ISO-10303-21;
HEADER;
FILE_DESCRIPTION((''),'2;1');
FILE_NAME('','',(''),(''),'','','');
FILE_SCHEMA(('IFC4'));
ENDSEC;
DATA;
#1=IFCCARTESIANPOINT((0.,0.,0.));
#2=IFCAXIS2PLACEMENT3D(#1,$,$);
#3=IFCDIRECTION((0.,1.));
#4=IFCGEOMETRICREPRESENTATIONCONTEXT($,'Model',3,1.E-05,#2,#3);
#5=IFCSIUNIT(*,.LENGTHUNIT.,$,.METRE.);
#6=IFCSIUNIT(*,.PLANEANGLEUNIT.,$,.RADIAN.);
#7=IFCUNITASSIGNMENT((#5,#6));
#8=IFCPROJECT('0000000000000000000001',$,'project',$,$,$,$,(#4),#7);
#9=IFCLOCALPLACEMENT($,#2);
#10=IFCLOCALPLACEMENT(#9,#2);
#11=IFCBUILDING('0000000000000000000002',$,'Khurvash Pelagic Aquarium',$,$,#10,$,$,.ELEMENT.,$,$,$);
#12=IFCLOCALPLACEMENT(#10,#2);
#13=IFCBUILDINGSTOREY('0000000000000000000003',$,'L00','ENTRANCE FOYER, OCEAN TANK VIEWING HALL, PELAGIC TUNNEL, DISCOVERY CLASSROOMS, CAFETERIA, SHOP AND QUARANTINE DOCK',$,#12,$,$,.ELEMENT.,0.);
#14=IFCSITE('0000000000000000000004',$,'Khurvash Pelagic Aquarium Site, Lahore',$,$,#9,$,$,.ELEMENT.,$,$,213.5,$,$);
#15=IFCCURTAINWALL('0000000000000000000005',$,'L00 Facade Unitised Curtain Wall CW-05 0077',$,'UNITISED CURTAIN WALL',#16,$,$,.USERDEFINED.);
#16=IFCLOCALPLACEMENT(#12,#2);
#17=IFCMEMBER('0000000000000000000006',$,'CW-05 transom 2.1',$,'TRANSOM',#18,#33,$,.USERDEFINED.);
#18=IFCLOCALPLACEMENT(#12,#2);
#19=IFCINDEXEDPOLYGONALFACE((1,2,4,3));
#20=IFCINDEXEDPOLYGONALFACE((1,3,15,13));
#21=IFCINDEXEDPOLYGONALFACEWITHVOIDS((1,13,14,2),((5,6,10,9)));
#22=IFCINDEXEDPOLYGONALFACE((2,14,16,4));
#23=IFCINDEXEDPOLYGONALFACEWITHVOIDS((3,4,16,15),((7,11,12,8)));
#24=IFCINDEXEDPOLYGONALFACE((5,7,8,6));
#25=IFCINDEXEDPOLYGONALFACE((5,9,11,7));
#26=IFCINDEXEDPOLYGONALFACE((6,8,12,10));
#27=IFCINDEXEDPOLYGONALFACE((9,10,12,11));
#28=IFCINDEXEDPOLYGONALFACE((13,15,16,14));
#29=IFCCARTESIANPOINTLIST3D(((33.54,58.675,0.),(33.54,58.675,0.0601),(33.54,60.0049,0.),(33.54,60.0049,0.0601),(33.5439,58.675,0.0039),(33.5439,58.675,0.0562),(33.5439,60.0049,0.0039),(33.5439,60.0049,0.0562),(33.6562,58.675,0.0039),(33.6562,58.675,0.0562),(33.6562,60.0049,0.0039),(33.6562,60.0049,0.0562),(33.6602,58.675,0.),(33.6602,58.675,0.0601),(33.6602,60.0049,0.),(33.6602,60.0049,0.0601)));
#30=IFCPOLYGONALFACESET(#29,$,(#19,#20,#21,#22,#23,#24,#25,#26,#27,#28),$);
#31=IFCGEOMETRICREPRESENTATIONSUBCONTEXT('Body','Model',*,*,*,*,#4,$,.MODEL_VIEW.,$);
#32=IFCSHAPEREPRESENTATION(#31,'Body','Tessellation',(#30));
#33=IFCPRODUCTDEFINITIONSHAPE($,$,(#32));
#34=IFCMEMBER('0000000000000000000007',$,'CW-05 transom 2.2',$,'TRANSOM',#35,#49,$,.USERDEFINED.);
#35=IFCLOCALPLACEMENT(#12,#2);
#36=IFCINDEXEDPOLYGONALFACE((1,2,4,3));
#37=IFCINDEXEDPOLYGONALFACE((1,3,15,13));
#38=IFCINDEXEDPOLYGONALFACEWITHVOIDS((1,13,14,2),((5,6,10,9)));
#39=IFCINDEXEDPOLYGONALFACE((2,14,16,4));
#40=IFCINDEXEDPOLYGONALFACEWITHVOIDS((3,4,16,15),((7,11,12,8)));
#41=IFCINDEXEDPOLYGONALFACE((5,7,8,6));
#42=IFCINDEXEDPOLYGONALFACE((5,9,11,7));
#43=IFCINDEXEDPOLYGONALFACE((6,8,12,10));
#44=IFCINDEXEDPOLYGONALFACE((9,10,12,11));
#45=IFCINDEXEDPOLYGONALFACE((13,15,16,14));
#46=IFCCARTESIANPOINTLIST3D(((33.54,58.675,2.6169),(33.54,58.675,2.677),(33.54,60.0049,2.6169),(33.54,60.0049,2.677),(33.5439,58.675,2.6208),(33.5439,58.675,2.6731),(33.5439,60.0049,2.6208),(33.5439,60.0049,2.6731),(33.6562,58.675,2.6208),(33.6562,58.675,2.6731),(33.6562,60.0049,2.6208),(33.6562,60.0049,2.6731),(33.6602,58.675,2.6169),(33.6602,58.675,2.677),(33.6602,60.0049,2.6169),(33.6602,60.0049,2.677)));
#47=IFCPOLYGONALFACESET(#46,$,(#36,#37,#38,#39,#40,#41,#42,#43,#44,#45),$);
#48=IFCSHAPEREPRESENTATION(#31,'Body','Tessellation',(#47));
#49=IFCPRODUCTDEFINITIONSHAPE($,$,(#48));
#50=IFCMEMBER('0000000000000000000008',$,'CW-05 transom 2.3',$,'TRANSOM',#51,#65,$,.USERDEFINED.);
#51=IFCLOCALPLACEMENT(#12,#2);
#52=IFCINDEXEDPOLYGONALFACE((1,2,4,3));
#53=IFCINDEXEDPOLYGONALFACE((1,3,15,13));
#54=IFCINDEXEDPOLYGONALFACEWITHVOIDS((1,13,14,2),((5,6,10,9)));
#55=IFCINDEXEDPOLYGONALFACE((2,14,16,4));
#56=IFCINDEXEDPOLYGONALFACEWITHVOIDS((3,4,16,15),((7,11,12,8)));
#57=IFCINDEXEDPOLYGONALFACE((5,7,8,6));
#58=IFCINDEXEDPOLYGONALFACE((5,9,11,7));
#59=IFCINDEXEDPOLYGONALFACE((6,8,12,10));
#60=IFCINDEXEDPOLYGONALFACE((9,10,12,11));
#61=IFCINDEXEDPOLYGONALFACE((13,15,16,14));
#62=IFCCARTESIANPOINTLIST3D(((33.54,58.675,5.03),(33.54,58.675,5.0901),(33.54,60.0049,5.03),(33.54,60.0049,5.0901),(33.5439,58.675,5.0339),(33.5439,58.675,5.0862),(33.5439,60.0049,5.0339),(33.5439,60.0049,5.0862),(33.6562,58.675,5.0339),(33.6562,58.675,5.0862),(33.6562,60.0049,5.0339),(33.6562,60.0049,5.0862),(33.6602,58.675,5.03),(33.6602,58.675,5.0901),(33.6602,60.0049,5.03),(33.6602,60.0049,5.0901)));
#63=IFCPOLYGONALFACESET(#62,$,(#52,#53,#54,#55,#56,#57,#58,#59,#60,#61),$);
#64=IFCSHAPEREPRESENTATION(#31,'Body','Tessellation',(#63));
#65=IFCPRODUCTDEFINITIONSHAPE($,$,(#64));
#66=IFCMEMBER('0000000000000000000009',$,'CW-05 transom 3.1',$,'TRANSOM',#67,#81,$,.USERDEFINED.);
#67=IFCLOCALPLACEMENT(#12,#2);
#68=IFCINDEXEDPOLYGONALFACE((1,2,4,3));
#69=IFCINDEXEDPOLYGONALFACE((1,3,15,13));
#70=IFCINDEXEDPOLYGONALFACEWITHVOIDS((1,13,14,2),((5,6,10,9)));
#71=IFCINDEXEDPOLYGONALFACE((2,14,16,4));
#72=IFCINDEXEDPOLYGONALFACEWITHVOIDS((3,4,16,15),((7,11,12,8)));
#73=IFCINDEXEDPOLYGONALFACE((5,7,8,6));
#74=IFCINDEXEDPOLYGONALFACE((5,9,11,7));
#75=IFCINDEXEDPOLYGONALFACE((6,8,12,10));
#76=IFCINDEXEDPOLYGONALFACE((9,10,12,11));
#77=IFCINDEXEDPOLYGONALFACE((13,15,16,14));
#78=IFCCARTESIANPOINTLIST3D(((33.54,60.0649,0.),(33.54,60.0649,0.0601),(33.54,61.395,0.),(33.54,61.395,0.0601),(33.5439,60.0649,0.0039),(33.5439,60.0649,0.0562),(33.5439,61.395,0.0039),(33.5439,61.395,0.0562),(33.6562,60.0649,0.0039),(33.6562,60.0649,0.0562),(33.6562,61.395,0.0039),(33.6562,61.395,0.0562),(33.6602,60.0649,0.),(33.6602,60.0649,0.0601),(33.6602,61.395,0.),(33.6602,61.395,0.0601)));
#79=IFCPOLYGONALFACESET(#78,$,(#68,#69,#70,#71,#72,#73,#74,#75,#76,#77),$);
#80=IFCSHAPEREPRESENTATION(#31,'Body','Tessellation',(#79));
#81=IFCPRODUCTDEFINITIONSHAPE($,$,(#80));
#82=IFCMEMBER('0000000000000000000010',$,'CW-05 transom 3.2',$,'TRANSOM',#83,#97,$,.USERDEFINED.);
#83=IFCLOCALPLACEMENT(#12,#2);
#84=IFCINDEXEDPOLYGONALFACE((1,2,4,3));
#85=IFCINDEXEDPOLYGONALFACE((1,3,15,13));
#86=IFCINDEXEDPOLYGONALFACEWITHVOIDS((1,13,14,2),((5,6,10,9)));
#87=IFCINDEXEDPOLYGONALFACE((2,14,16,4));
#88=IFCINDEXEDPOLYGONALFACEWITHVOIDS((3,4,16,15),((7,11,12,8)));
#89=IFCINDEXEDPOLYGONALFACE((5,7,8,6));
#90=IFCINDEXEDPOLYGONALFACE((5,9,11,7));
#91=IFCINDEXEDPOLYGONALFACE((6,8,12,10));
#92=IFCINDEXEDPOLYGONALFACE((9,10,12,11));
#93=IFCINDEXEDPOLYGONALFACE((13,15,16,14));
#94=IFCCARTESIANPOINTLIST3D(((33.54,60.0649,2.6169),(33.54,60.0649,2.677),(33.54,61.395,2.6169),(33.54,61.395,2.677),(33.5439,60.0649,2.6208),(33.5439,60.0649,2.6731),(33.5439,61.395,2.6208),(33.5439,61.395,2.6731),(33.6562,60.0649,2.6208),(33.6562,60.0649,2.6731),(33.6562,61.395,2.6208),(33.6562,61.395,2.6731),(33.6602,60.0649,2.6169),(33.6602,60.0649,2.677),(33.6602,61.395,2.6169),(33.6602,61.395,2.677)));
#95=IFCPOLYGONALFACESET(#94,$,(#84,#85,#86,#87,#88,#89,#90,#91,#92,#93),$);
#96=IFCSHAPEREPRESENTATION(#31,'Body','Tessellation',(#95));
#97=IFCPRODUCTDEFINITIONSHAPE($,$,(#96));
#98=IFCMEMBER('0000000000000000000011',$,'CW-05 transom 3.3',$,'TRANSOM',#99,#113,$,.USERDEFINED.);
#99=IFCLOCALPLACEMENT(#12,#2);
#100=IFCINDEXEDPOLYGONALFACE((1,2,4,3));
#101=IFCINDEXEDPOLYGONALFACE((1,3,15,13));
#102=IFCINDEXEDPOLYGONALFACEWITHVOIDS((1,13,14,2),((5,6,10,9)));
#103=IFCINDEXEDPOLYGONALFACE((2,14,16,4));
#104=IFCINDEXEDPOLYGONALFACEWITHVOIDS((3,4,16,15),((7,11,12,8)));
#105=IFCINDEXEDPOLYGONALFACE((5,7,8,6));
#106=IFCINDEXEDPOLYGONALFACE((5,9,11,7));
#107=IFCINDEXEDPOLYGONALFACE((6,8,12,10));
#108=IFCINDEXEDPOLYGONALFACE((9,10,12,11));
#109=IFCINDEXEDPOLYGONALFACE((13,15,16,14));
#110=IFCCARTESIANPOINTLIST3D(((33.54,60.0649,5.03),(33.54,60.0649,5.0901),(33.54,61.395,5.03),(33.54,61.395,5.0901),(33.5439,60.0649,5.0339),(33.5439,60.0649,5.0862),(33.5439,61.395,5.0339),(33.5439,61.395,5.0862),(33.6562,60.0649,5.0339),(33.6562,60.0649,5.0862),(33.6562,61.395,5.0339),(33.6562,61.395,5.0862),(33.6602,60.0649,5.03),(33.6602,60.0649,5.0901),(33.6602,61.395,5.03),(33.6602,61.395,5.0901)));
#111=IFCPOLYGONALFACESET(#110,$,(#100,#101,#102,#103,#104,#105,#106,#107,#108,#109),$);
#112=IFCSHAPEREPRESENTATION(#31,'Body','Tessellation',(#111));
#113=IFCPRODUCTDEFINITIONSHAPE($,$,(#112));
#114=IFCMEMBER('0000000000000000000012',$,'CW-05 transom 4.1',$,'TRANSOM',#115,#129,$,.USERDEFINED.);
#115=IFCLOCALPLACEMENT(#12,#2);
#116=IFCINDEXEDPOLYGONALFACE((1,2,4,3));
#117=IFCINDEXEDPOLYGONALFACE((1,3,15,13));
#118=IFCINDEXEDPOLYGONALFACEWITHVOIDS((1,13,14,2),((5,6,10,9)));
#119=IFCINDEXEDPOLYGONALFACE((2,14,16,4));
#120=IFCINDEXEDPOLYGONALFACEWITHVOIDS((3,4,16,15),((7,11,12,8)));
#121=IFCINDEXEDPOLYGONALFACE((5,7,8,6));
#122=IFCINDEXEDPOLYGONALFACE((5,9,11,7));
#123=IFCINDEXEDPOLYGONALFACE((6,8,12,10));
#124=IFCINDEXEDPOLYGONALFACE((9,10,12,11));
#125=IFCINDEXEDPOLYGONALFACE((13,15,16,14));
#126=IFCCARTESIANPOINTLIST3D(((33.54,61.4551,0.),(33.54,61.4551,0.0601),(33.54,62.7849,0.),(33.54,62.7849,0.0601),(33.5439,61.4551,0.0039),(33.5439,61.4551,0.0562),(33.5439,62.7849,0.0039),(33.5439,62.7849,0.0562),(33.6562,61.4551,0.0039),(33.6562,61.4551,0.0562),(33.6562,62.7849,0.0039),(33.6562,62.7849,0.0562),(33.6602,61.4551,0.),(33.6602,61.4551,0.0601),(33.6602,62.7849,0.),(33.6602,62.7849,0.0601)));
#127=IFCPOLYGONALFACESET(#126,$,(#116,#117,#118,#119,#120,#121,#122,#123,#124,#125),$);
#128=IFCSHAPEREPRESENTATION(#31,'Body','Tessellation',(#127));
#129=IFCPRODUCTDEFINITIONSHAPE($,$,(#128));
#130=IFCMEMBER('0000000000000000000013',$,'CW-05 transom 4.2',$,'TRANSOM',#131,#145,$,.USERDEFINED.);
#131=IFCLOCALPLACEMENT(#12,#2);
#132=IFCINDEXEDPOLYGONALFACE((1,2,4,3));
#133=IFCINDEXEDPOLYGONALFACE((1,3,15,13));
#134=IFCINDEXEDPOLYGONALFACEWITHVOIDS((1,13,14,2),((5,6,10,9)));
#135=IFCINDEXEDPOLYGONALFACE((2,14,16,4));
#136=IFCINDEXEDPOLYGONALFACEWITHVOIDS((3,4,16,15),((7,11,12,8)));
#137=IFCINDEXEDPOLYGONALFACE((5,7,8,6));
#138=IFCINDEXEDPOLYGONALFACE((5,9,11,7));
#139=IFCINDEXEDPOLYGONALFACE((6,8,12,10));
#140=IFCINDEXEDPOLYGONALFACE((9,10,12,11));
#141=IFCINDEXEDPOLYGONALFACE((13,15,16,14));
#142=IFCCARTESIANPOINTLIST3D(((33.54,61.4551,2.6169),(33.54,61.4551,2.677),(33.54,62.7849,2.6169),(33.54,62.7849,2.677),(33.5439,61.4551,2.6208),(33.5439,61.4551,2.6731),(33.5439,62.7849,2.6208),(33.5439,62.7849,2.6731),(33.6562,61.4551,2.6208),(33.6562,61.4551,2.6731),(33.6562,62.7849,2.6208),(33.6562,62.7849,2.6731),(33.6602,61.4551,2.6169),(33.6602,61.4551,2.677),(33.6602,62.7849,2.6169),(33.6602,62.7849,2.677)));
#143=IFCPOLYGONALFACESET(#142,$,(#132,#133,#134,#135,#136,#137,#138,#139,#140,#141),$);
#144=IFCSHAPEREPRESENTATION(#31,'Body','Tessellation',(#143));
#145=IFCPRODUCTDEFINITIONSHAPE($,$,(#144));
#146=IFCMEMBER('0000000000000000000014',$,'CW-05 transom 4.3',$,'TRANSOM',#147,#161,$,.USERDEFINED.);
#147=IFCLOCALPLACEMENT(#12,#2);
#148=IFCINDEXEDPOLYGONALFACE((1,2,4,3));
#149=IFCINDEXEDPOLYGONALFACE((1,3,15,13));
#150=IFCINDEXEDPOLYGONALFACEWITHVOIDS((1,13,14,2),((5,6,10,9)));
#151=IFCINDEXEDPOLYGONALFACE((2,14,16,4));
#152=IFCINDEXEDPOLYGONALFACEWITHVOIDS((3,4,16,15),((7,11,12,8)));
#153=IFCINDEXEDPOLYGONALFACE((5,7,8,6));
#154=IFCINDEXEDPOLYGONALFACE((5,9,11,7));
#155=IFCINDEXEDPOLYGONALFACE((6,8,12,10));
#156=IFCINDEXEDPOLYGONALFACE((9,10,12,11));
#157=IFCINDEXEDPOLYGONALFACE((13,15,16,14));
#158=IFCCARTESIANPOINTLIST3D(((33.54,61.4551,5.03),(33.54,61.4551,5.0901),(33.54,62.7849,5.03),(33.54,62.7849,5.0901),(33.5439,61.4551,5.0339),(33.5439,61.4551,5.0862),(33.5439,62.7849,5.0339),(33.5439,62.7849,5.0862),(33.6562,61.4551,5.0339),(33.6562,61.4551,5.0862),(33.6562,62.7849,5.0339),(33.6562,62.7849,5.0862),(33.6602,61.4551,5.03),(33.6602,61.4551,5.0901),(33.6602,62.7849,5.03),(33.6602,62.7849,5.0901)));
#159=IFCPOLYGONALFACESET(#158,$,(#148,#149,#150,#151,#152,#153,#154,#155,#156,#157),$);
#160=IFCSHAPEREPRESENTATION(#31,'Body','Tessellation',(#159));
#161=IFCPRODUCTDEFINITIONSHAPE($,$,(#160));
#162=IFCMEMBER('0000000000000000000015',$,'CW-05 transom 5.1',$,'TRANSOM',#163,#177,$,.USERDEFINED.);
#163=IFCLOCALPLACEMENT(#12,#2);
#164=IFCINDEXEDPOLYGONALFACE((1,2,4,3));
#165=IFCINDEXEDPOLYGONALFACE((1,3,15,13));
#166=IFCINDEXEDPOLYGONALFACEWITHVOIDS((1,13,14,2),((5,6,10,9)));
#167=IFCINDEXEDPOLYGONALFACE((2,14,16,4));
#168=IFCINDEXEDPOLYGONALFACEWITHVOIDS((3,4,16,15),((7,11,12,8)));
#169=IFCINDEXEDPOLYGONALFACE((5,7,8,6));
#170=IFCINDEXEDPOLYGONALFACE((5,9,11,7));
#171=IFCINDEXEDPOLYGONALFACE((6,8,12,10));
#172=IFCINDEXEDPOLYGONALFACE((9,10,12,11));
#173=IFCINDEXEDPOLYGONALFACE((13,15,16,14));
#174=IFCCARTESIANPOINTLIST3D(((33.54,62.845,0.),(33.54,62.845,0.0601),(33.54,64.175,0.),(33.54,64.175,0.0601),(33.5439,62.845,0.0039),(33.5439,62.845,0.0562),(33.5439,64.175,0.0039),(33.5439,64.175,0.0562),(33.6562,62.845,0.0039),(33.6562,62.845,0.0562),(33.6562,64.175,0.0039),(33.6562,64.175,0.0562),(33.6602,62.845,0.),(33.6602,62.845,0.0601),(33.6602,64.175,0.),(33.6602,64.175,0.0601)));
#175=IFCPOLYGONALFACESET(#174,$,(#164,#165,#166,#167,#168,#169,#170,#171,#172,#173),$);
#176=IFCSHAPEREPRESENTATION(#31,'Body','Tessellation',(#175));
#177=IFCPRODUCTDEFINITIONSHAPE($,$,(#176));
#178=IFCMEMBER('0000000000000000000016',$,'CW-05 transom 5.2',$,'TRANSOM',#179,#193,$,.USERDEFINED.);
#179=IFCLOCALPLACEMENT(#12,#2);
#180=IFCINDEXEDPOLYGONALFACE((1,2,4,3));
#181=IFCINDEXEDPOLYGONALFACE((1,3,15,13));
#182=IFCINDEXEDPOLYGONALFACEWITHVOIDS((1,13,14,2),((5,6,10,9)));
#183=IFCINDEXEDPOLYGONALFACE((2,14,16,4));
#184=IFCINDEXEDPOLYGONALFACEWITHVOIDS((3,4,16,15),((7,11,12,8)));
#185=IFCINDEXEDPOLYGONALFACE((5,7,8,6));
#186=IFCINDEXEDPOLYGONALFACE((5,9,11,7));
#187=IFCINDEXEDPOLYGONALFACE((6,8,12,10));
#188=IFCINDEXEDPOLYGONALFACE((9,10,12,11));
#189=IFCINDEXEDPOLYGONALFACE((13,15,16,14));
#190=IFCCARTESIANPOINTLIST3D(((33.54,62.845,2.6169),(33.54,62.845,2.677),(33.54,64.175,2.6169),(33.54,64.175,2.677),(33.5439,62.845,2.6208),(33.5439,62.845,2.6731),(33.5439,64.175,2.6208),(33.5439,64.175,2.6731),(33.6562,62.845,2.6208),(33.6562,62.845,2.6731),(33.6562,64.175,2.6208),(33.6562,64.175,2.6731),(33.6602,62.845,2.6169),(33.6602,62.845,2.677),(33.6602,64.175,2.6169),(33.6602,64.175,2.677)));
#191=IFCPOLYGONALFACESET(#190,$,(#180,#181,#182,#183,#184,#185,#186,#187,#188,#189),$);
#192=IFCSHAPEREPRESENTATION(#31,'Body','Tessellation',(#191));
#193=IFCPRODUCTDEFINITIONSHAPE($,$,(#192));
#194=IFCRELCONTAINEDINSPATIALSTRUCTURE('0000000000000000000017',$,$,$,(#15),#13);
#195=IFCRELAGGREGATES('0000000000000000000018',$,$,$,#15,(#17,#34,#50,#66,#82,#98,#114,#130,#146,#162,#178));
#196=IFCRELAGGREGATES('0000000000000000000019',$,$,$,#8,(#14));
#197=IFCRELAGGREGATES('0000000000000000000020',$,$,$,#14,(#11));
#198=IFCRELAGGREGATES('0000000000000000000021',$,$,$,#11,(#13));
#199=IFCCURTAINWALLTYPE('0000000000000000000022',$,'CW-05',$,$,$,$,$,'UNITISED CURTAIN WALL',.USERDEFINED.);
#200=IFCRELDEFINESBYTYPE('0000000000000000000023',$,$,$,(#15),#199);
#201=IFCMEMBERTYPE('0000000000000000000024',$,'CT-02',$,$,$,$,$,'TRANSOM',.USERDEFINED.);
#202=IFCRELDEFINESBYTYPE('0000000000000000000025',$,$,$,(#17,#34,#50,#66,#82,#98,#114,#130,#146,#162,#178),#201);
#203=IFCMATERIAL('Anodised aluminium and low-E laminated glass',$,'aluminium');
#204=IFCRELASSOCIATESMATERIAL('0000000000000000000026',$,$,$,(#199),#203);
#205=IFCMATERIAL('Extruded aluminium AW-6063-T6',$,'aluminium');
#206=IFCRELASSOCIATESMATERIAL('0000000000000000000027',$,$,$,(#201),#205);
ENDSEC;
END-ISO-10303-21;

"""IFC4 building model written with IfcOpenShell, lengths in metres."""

from ifc_helpers import new_model, si_unit, direction, frame, origin, origin_2d, place, context, subcontext, project, spatial, hollow_rectangle, extrude, material, material_profile, profile_set, type_object, element, aggregate, save


model = new_model("IFC4")

# Units and contexts
model_context = context("Model", 3, precision=1e-05, world=origin(), true_north=direction((0.0, 1.0)))
body_context = subcontext(model_context, "Body", "Model", "MODEL_VIEW")
ifc_project = project(units=[si_unit("LENGTHUNIT", "METRE"), si_unit("PLANEANGLEUNIT", "RADIAN")], contexts=[model_context])

# Site, building, storey
site_placement = place(None, origin())
site = spatial("IfcSite", under=ifc_project, at=site_placement, Name="Khurvash Pelagic Aquarium Site, Lahore", CompositionType="ELEMENT", RefElevation=213.5)
building_placement = place(site_placement, origin())
building = spatial("IfcBuilding", under=site, at=building_placement, Name="Khurvash Pelagic Aquarium", CompositionType="ELEMENT")
storey_placement = place(building_placement, origin())
storey = spatial("IfcBuildingStorey", under=building, at=storey_placement, Name="L00", Description="ENTRANCE FOYER, OCEAN TANK VIEWING HALL, PELAGIC TUNNEL, DISCOVERY CLASSROOMS, CAFETERIA, SHOP AND QUARANTINE DOCK", CompositionType="ELEMENT", Elevation=0.0)

# Shared definitions
ifc_material_1 = material(Name="Anodised aluminium and low-E laminated glass", Category="aluminium")
curtain_wall_type = type_object("IfcCurtainWallType", Name="CW-05", ElementType="UNITISED CURTAIN WALL", PredefinedType="USERDEFINED", material=ifc_material_1)
ifc_material_2 = material(Name="Extruded aluminium AW-6063-T6", Category="aluminium")

# Curtain wall, members
curtain_wall_1_placement = place(storey_placement, origin())
curtain_wall_1 = element("IfcCurtainWall", 1, at=curtain_wall_1_placement, inside=storey, type_object=curtain_wall_type, Name="L00 Facade Unitised Curtain Wall CW-05 0077", ObjectType="UNITISED CURTAIN WALL", PredefinedType="USERDEFINED")
ifc_material_profile_1 = material_profile(ifc_material_2, hollow_rectangle(XDim=0.1201, YDim=0.0601, WallThickness=0.0039, at=origin_2d()), Name="CWT120X60X4")
ifc_profile_set_1 = profile_set([ifc_material_profile_1], Name="Extruded aluminium AW-6063-T6")
member_type_1 = type_object("IfcMemberType", Name="CT-02", ElementType="TRANSOM", PredefinedType="USERDEFINED", material=ifc_profile_set_1)
member_1_placement = place(storey_placement, frame((33.6001, 58.675, 0.03), z_axis=(0.0, 1.0, 0.0), x_axis=(-1.0, 0.0, 0.0)))
member_1 = element("IfcMember", 2, at=member_1_placement, type_object=member_type_1, Name="CW-05 transom 2.1", ObjectType="TRANSOM", PredefinedType="USERDEFINED", context=body_context, shape_type="SweptSolid", body=[
    extrude(hollow_rectangle(XDim=0.1201, YDim=0.0601, WallThickness=0.0039, at=origin_2d()), origin(), (0.0, 0.0, 1.0), 1.3298),
])
member_2_placement = place(storey_placement, frame((33.6001, 58.675, 2.647), z_axis=(0.0, 1.0, 0.0), x_axis=(-1.0, 0.0, 0.0)))
member_2 = element("IfcMember", 3, at=member_2_placement, type_object=member_type_1, Name="CW-05 transom 2.2", ObjectType="TRANSOM", PredefinedType="USERDEFINED", context=body_context, shape_type="SweptSolid", body=[
    extrude(hollow_rectangle(XDim=0.1201, YDim=0.0601, WallThickness=0.0039, at=origin_2d()), origin(), (0.0, 0.0, 1.0), 1.3298),
])
member_3_placement = place(storey_placement, frame((33.6001, 58.675, 5.0601), z_axis=(0.0, 1.0, 0.0), x_axis=(-1.0, 0.0, 0.0)))
member_3 = element("IfcMember", 4, at=member_3_placement, type_object=member_type_1, Name="CW-05 transom 2.3", ObjectType="TRANSOM", PredefinedType="USERDEFINED", context=body_context, shape_type="SweptSolid", body=[
    extrude(hollow_rectangle(XDim=0.1201, YDim=0.0601, WallThickness=0.0039, at=origin_2d()), origin(), (0.0, 0.0, 1.0), 1.3298),
])
member_4_placement = place(storey_placement, frame((33.6001, 60.0649, 0.03), z_axis=(0.0, 1.0, 0.0), x_axis=(-1.0, 0.0, 0.0)))
member_4 = element("IfcMember", 5, at=member_4_placement, type_object=member_type_1, Name="CW-05 transom 3.1", ObjectType="TRANSOM", PredefinedType="USERDEFINED", context=body_context, shape_type="SweptSolid", body=[
    extrude(hollow_rectangle(XDim=0.1201, YDim=0.0601, WallThickness=0.0039, at=origin_2d()), origin(), (0.0, 0.0, 1.0), 1.3301),
])
member_5_placement = place(storey_placement, frame((33.6001, 60.0649, 2.647), z_axis=(0.0, 1.0, 0.0), x_axis=(-1.0, 0.0, 0.0)))
member_5 = element("IfcMember", 6, at=member_5_placement, type_object=member_type_1, Name="CW-05 transom 3.2", ObjectType="TRANSOM", PredefinedType="USERDEFINED", context=body_context, shape_type="SweptSolid", body=[
    extrude(hollow_rectangle(XDim=0.1201, YDim=0.0601, WallThickness=0.0039, at=origin_2d()), origin(), (0.0, 0.0, 1.0), 1.3301),
])
member_6_placement = place(storey_placement, frame((33.6001, 60.0649, 5.0601), z_axis=(0.0, 1.0, 0.0), x_axis=(-1.0, 0.0, 0.0)))
member_6 = element("IfcMember", 7, at=member_6_placement, type_object=member_type_1, Name="CW-05 transom 3.3", ObjectType="TRANSOM", PredefinedType="USERDEFINED", context=body_context, shape_type="SweptSolid", body=[
    extrude(hollow_rectangle(XDim=0.1201, YDim=0.0601, WallThickness=0.0039, at=origin_2d()), origin(), (0.0, 0.0, 1.0), 1.3301),
])
member_7_placement = place(storey_placement, frame((33.6001, 61.4551, 0.03), z_axis=(0.0, 1.0, 0.0), x_axis=(-1.0, 0.0, 0.0)))
member_7 = element("IfcMember", 8, at=member_7_placement, type_object=member_type_1, Name="CW-05 transom 4.1", ObjectType="TRANSOM", PredefinedType="USERDEFINED", context=body_context, shape_type="SweptSolid", body=[
    extrude(hollow_rectangle(XDim=0.1201, YDim=0.0601, WallThickness=0.0039, at=origin_2d()), origin(), (0.0, 0.0, 1.0), 1.3298),
])
member_8_placement = place(storey_placement, frame((33.6001, 61.4551, 2.647), z_axis=(0.0, 1.0, 0.0), x_axis=(-1.0, 0.0, 0.0)))
member_8 = element("IfcMember", 9, at=member_8_placement, type_object=member_type_1, Name="CW-05 transom 4.2", ObjectType="TRANSOM", PredefinedType="USERDEFINED", context=body_context, shape_type="SweptSolid", body=[
    extrude(hollow_rectangle(XDim=0.1201, YDim=0.0601, WallThickness=0.0039, at=origin_2d()), origin(), (0.0, 0.0, 1.0), 1.3298),
])
member_9_placement = place(storey_placement, frame((33.6001, 61.4551, 5.0601), z_axis=(0.0, 1.0, 0.0), x_axis=(-1.0, 0.0, 0.0)))
member_9 = element("IfcMember", 10, at=member_9_placement, type_object=member_type_1, Name="CW-05 transom 4.3", ObjectType="TRANSOM", PredefinedType="USERDEFINED", context=body_context, shape_type="SweptSolid", body=[
    extrude(hollow_rectangle(XDim=0.1201, YDim=0.0601, WallThickness=0.0039, at=origin_2d()), origin(), (0.0, 0.0, 1.0), 1.3298),
])
member_10_placement = place(storey_placement, frame((33.6001, 62.845, 0.03), z_axis=(0.0, 1.0, 0.0), x_axis=(-1.0, 0.0, 0.0)))
member_10 = element("IfcMember", 11, at=member_10_placement, type_object=member_type_1, Name="CW-05 transom 5.1", ObjectType="TRANSOM", PredefinedType="USERDEFINED", context=body_context, shape_type="SweptSolid", body=[
    extrude(hollow_rectangle(XDim=0.1201, YDim=0.0601, WallThickness=0.0039, at=origin_2d()), origin(), (0.0, 0.0, 1.0), 1.3301),
])
member_11_placement = place(storey_placement, frame((33.6001, 62.845, 2.647), z_axis=(0.0, 1.0, 0.0), x_axis=(-1.0, 0.0, 0.0)))
member_11 = element("IfcMember", 12, at=member_11_placement, type_object=member_type_1, Name="CW-05 transom 5.2", ObjectType="TRANSOM", PredefinedType="USERDEFINED", context=body_context, shape_type="SweptSolid", body=[
    extrude(hollow_rectangle(XDim=0.1201, YDim=0.0601, WallThickness=0.0039, at=origin_2d()), origin(), (0.0, 0.0, 1.0), 1.3301),
])

aggregate(curtain_wall_1, [member_1, member_2, member_3, member_4, member_5, member_6, member_7, member_8, member_9, member_10, member_11])

save(model, "model.ifc")
